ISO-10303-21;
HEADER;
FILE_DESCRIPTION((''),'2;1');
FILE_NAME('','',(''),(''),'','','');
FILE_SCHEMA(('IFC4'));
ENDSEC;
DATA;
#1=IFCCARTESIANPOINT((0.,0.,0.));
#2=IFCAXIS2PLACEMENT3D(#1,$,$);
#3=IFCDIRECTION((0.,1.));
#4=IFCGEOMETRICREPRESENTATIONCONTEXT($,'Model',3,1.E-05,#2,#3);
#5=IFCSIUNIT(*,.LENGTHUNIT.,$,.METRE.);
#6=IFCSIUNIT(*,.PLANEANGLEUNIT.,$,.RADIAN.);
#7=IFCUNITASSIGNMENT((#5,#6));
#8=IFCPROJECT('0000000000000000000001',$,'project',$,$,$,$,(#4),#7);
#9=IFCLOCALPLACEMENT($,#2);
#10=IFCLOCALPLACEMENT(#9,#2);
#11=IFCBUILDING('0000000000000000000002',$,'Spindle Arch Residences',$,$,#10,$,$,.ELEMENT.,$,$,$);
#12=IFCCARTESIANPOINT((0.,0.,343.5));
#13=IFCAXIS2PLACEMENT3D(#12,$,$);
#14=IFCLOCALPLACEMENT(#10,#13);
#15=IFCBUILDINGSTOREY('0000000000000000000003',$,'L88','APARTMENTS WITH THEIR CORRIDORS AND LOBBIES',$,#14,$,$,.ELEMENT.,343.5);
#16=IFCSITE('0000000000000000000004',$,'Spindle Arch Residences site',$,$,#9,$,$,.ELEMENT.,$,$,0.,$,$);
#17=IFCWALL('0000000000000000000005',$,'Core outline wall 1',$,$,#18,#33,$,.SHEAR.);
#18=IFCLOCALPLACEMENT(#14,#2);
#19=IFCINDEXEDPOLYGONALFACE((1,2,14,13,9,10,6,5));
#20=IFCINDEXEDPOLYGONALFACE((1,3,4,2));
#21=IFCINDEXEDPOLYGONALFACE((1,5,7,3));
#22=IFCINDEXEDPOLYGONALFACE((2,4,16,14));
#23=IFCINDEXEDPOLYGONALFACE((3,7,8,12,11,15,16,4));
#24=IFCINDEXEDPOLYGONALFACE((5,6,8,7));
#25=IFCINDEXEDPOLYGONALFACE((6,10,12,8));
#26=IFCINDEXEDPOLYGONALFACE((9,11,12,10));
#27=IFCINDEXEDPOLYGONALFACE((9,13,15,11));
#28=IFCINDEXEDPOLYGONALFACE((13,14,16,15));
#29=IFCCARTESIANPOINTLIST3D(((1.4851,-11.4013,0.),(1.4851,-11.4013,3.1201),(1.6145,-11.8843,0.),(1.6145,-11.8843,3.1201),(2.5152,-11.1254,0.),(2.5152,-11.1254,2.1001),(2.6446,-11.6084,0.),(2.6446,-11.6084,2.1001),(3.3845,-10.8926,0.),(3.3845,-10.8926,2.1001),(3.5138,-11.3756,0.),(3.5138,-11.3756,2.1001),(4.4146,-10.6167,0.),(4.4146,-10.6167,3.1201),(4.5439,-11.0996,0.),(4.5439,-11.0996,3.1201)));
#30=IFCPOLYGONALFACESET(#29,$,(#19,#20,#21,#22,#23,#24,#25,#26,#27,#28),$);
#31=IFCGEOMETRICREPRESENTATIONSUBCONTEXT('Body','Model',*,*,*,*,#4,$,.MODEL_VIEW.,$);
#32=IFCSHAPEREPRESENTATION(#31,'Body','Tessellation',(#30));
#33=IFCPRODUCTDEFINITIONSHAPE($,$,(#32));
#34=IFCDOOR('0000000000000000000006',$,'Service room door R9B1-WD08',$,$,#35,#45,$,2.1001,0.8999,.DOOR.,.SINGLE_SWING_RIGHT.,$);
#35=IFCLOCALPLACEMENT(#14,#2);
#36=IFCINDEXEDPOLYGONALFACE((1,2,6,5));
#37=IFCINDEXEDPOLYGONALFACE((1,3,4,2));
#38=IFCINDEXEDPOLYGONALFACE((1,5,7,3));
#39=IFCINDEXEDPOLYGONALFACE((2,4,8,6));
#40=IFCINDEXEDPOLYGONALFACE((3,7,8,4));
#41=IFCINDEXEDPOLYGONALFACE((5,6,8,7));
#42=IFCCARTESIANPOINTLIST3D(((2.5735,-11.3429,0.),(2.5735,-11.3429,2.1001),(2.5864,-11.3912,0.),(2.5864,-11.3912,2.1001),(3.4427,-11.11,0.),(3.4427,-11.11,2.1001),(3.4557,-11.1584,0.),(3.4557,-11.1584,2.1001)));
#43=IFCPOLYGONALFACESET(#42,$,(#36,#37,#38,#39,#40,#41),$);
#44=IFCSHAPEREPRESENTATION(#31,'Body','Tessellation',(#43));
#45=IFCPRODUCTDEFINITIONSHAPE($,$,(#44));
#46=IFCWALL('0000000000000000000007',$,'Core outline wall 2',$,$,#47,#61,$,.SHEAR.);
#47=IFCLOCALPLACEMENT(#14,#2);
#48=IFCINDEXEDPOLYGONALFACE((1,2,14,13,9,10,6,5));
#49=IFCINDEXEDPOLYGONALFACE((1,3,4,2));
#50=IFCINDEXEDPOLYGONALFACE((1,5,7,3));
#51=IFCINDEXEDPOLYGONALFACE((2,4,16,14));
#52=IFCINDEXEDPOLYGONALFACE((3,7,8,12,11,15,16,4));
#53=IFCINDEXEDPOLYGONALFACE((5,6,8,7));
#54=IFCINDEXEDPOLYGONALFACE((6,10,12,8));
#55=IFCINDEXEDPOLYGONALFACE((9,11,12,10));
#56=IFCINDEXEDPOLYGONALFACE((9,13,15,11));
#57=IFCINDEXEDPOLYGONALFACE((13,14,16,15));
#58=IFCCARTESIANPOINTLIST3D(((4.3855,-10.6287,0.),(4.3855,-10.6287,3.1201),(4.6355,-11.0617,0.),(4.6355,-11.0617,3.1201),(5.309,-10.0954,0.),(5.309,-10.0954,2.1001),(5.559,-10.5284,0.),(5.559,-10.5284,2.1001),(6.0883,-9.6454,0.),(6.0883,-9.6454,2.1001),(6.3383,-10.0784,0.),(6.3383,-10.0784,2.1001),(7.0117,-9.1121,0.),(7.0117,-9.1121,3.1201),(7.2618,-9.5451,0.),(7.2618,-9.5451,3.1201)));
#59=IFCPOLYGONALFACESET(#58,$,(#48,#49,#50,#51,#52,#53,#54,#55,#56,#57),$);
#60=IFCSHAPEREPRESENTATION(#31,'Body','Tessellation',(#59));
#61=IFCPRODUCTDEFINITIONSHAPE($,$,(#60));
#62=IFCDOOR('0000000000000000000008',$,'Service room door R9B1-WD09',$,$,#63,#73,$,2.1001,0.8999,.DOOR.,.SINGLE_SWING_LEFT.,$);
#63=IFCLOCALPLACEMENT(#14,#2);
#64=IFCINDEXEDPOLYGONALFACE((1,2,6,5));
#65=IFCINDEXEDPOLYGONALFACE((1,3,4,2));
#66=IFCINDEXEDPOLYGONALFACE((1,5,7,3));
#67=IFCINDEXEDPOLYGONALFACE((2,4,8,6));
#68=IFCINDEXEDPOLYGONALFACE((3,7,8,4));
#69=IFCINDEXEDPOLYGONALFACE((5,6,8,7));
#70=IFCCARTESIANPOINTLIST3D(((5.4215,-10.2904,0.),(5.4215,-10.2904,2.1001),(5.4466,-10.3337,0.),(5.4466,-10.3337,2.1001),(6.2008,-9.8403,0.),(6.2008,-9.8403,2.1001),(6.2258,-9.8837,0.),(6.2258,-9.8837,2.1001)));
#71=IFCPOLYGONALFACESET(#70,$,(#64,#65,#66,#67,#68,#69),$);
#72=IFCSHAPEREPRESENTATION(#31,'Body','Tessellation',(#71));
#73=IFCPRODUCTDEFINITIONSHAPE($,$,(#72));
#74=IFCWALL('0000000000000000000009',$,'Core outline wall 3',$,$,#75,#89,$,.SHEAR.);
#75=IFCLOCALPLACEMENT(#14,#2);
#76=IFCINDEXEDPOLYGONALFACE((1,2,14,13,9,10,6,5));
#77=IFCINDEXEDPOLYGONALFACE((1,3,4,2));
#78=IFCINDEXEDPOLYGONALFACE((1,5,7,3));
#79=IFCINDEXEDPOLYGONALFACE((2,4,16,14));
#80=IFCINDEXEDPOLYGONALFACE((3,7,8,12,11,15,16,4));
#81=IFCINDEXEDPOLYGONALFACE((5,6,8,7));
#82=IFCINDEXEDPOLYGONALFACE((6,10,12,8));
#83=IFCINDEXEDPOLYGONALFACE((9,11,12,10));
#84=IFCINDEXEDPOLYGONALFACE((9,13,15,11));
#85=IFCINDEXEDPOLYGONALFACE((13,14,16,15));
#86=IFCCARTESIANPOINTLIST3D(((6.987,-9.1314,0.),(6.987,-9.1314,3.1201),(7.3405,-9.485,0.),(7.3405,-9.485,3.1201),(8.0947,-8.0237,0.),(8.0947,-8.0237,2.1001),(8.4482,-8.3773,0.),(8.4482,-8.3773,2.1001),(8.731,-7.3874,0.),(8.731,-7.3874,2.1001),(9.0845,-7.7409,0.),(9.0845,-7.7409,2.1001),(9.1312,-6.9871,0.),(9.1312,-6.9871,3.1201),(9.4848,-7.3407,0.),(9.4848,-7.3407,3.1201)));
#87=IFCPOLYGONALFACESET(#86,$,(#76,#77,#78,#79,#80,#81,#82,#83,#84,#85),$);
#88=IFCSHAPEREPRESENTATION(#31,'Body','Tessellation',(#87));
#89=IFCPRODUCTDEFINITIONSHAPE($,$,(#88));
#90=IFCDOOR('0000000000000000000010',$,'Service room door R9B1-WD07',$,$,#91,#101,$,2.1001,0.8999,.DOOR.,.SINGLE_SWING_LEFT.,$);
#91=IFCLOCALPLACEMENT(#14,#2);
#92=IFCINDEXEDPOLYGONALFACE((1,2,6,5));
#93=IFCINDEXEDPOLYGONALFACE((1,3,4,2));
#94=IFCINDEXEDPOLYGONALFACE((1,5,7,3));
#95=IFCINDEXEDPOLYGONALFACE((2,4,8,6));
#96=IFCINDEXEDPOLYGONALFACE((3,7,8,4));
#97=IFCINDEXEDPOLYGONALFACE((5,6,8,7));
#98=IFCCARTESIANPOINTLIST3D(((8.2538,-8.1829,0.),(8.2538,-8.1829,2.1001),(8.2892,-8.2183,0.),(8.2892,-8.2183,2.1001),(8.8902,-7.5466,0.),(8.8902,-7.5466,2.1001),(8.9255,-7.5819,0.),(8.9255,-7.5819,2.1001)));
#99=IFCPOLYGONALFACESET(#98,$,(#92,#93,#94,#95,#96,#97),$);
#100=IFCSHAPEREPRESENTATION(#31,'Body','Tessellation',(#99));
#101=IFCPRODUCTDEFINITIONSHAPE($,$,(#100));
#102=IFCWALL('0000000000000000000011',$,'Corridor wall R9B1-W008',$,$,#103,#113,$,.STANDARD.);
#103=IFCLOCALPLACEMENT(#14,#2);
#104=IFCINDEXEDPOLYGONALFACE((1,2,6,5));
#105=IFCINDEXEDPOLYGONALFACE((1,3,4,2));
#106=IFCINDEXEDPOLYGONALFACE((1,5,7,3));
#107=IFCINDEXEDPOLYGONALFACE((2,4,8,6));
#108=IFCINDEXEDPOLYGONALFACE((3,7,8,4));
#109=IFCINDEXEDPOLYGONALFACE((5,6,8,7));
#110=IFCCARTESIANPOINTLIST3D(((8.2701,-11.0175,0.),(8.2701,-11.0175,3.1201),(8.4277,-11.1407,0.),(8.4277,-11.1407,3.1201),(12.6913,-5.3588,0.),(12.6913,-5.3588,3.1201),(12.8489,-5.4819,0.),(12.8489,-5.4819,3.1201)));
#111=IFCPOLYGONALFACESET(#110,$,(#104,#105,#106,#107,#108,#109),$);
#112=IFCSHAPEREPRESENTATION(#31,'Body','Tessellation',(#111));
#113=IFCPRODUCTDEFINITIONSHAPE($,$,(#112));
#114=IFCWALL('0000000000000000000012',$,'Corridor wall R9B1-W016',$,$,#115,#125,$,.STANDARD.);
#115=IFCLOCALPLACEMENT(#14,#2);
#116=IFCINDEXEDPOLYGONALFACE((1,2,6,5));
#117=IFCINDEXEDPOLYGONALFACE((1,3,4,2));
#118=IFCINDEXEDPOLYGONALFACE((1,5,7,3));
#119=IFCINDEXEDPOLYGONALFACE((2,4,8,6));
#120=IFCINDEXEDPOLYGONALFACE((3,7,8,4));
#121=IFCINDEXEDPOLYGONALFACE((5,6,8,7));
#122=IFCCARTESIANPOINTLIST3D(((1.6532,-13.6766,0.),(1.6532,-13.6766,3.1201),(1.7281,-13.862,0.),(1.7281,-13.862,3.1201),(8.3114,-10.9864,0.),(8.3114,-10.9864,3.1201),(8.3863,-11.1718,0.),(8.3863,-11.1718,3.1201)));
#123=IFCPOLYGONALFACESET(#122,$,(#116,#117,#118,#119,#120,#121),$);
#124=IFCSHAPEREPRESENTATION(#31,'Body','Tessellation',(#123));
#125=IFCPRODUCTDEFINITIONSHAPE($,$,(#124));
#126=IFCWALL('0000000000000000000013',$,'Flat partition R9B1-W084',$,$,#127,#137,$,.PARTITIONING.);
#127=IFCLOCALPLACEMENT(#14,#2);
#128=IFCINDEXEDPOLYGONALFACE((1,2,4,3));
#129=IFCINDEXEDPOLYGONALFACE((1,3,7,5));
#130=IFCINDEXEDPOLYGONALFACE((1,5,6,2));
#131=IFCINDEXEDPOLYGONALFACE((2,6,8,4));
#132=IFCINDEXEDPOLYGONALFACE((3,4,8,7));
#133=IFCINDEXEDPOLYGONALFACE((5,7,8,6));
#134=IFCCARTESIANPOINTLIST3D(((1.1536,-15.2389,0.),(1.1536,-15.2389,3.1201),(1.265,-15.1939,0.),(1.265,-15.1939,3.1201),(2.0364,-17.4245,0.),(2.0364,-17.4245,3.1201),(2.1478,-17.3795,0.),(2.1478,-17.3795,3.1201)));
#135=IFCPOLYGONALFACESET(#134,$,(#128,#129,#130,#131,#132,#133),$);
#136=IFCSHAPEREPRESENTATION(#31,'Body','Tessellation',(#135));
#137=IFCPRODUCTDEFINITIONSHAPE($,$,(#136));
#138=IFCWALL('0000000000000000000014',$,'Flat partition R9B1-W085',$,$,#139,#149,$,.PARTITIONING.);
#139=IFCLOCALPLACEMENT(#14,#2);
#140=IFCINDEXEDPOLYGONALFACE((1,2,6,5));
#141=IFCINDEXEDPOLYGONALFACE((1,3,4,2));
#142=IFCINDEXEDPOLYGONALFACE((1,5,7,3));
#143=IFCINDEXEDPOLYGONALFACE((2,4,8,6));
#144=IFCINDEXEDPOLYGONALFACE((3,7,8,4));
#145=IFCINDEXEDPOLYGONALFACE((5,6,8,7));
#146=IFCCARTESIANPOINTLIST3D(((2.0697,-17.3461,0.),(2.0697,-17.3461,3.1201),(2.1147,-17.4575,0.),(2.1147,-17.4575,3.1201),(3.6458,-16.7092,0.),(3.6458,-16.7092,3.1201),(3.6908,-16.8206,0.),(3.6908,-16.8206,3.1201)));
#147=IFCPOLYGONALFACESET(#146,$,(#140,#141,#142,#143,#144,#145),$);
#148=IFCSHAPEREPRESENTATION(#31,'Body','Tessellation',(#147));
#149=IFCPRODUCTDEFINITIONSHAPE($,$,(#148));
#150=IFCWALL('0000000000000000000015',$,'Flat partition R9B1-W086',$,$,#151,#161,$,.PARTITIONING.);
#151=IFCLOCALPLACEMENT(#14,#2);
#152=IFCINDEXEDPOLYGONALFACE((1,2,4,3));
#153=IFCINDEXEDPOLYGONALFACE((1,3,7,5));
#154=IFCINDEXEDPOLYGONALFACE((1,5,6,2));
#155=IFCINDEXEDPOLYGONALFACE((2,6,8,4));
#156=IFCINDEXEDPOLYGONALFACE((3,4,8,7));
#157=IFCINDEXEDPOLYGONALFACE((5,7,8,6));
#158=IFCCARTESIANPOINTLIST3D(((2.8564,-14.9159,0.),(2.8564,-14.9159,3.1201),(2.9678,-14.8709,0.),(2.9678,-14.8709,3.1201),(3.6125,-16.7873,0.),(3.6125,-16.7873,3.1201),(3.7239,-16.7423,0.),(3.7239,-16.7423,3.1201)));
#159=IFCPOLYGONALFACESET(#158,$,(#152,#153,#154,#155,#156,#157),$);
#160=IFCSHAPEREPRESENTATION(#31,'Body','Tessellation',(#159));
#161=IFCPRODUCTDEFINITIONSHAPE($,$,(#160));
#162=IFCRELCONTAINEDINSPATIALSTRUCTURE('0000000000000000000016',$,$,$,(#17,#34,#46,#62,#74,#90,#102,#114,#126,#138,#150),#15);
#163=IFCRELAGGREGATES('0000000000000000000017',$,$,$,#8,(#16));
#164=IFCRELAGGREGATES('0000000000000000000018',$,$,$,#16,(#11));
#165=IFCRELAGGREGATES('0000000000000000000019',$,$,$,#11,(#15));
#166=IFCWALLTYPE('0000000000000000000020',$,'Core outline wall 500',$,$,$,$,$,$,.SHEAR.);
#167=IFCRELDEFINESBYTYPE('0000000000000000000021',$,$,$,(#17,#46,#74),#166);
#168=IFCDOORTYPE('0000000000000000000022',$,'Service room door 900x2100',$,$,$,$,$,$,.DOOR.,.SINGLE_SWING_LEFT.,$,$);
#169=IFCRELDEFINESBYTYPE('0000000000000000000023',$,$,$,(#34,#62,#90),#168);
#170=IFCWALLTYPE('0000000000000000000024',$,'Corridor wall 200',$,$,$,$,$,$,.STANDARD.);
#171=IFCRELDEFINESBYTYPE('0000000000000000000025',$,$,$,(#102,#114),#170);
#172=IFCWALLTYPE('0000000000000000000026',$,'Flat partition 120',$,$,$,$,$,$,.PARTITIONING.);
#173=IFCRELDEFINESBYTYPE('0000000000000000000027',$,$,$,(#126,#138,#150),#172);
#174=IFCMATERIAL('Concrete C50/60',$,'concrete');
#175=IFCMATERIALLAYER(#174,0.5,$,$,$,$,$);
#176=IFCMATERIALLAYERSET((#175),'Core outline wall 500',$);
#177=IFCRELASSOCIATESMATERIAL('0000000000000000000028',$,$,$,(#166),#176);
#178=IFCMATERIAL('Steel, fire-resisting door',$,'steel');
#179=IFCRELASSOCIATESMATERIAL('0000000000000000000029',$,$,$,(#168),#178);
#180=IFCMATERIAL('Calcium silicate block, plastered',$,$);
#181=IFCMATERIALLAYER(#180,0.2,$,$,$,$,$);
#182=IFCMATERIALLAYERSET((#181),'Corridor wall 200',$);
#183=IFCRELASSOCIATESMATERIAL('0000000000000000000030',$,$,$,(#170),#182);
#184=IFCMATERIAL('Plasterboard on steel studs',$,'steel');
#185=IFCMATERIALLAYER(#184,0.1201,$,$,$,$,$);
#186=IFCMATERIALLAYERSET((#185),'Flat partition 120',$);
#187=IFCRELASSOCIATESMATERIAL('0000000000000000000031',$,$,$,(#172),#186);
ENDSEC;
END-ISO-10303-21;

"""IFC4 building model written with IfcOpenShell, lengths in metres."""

from ifc_helpers import new_model, si_unit, direction, frame, frame_2d, origin, place, context, subcontext, project, spatial, rectangle, extrude, material, layer, layer_set, type_object, element, fill, save


model = new_model("IFC4")

# Units and contexts
model_context = context("Model", 3, precision=1e-05, world=origin(), true_north=direction((0.0, 1.0)))
body_context = subcontext(model_context, "Body", "Model", "MODEL_VIEW")
ifc_project = project(units=[si_unit("LENGTHUNIT", "METRE"), si_unit("PLANEANGLEUNIT", "RADIAN")], contexts=[model_context])

# Site, building, storey
site_placement = place(None, origin())
site = spatial("IfcSite", under=ifc_project, at=site_placement, Name="Spindle Arch Residences site", CompositionType="ELEMENT", RefElevation=0.0)
building_placement = place(site_placement, origin())
building = spatial("IfcBuilding", under=site, at=building_placement, Name="Spindle Arch Residences", CompositionType="ELEMENT")
storey_placement = place(building_placement, frame((0.0, 0.0, 343.5)))
storey = spatial("IfcBuildingStorey", under=building, at=storey_placement, Name="L88", Description="APARTMENTS WITH THEIR CORRIDORS AND LOBBIES", CompositionType="ELEMENT", Elevation=343.5)

# Walls, openings, doors
ifc_material_1 = material(Name="Concrete C50/60", Category="concrete")
ifc_layer_1 = layer(ifc_material_1, 0.5)
ifc_layer_set_1 = layer_set([ifc_layer_1], Name="Core outline wall 500")
wall_type_1 = type_object("IfcWallType", Name="Core outline wall 500", PredefinedType="SHEAR", material=ifc_layer_set_1)
wall_1_placement = place(storey_placement, frame((1.5498, -11.6428, 0.0), z_axis=(0.0, 0.0, 1.0), x_axis=(0.965948, 0.258735, 0.0)))
wall_1 = element("IfcWall", 1, at=wall_1_placement, inside=storey, type_object=wall_type_1, Name="Core outline wall 1", PredefinedType="SHEAR", context=body_context, shape_type="SweptSolid", body=[
    extrude(rectangle(XDim=3.0327, YDim=0.5, at=frame_2d((1.5164, 0.0))), origin(), (0.0, 0.0, 1.0), 3.1201),
])
opening_1_placement = place(wall_1_placement, frame((1.0664, 0.0, 0.0)))
opening_1 = element("IfcOpeningElement", 2, at=opening_1_placement, cuts=wall_1, PredefinedType="OPENING", context=body_context, shape_type="SweptSolid", body=[
    extrude(rectangle(XDim=0.8999, YDim=2.1001, at=frame_2d((0.45, 1.05))), frame((0.0, 0.26, 0.0), z_axis=(0.0, -1.0, 0.0), x_axis=(1.0, 0.0, 0.0)), (0.0, 0.0, 1.0), 0.52),
])
ifc_material_2 = material(Name="Steel, fire-resisting door", Category="steel")
door_type_1 = type_object("IfcDoorType", Name="Service room door 900x2100", OperationType="SINGLE_SWING_LEFT", PredefinedType="DOOR", material=ifc_material_2)
door_1_placement = place(opening_1_placement, origin())
door_1 = element("IfcDoor", 3, at=door_1_placement, inside=storey, type_object=door_type_1, Name="Service room door R9B1-WD08", OperationType="SINGLE_SWING_RIGHT", OverallHeight=2.1001, OverallWidth=0.8999, PredefinedType="DOOR", context=body_context, shape_type="SweptSolid", body=[
    extrude(rectangle(XDim=0.8999, YDim=2.1001, at=frame_2d((0.45, 1.05))), frame((0.0, 0.0249, 0.0), z_axis=(0.0, -1.0, 0.0), x_axis=(1.0, 0.0, 0.0)), (0.0, 0.0, 1.0), 0.05),
])
fill(opening_1, door_1)
wall_2_placement = place(storey_placement, frame((4.5105, -10.8452, 0.0), z_axis=(0.0, 0.0, 1.0), x_axis=(0.865975, 0.500087, 0.0)))
wall_2 = element("IfcWall", 4, at=wall_2_placement, inside=storey, type_object=wall_type_1, Name="Core outline wall 2", PredefinedType="SHEAR", context=body_context, shape_type="SweptSolid", body=[
    extrude(rectangle(XDim=3.0327, YDim=0.5, at=frame_2d((1.5164, 0.0))), origin(), (0.0, 0.0, 1.0), 3.1201),
])
opening_2_placement = place(wall_2_placement, frame((1.0664, 0.0, 0.0)))
opening_2 = element("IfcOpeningElement", 5, at=opening_2_placement, cuts=wall_2, PredefinedType="OPENING", context=body_context, shape_type="SweptSolid", body=[
    extrude(rectangle(XDim=0.8999, YDim=2.1001, at=frame_2d((0.45, 1.05))), frame((0.0, 0.26, 0.0), z_axis=(0.0, -1.0, 0.0), x_axis=(1.0, 0.0, 0.0)), (0.0, 0.0, 1.0), 0.52),
])
door_2_placement = place(opening_2_placement, origin())
door_2 = element("IfcDoor", 6, at=door_2_placement, inside=storey, type_object=door_type_1, Name="Service room door R9B1-WD09", OperationType="SINGLE_SWING_LEFT", OverallHeight=2.1001, OverallWidth=0.8999, PredefinedType="DOOR", context=body_context, shape_type="SweptSolid", body=[
    extrude(rectangle(XDim=0.8999, YDim=2.1001, at=frame_2d((0.45, 1.05))), frame((0.0, 0.0249, 0.0), z_axis=(0.0, -1.0, 0.0), x_axis=(1.0, 0.0, 0.0)), (0.0, 0.0, 1.0), 0.05),
])
fill(opening_2, door_2)
wall_3_placement = place(storey_placement, frame((7.1638, -9.3081, 0.0), z_axis=(0.0, 0.0, 1.0), x_axis=(0.707107, 0.707107, 0.0)))
wall_3 = element("IfcWall", 7, at=wall_3_placement, inside=storey, type_object=wall_type_1, Name="Core outline wall 3", PredefinedType="SHEAR", context=body_context, shape_type="SweptSolid", body=[
    extrude(rectangle(XDim=3.0325, YDim=0.5, at=frame_2d((1.5161, 0.0))), origin(), (0.0, 0.0, 1.0), 3.1201),
])
opening_3_placement = place(wall_3_placement, frame((1.5664, 0.0, 0.0)))
opening_3 = element("IfcOpeningElement", 8, at=opening_3_placement, cuts=wall_3, PredefinedType="OPENING", context=body_context, shape_type="SweptSolid", body=[
    extrude(rectangle(XDim=0.8999, YDim=2.1001, at=frame_2d((0.45, 1.05))), frame((0.0, 0.26, 0.0), z_axis=(0.0, -1.0, 0.0), x_axis=(1.0, 0.0, 0.0)), (0.0, 0.0, 1.0), 0.52),
])
door_3_placement = place(opening_3_placement, origin())
door_3 = element("IfcDoor", 9, at=door_3_placement, inside=storey, type_object=door_type_1, Name="Service room door R9B1-WD07", OperationType="SINGLE_SWING_LEFT", OverallHeight=2.1001, OverallWidth=0.8999, PredefinedType="DOOR", context=body_context, shape_type="SweptSolid", body=[
    extrude(rectangle(XDim=0.8999, YDim=2.1001, at=frame_2d((0.45, 1.05))), frame((0.0, 0.0249, 0.0), z_axis=(0.0, -1.0, 0.0), x_axis=(1.0, 0.0, 0.0)), (0.0, 0.0, 1.0), 0.05),
])
fill(opening_3, door_3)

# Walls
ifc_material_3 = material(Name="Calcium silicate block, plastered")
ifc_layer_2 = layer(ifc_material_3, 0.2)
ifc_layer_set_2 = layer_set([ifc_layer_2], Name="Corridor wall 200")
wall_type_2 = type_object("IfcWallType", Name="Corridor wall 200", PredefinedType="STANDARD", material=ifc_layer_set_2)
for number, where, z_axis, x_axis, name in (
    (10, (8.3489, -11.0791, 0.0), (0.0, 0.0, 1.0), (0.615669, 0.788005, 0.0), "Corridor wall R9B1-W008"),
    (11, (1.6907, -13.7693, 0.0), (0.0, 0.0, 1.0), (0.927179, 0.374618, 0.0), "Corridor wall R9B1-W016"),
):
    element("IfcWall", number, at=place(storey_placement, frame(where, z_axis=z_axis, x_axis=x_axis)), inside=storey, type_object=wall_type_2, Name=name, PredefinedType="STANDARD", context=body_context, shape_type="SweptSolid", body=[
        extrude(rectangle(XDim=7.1812, YDim=0.2, at=frame_2d((3.5906, 0.0))), origin(), (0.0, 0.0, 1.0), 3.1201),
    ])
ifc_material_4 = material(Name="Plasterboard on steel studs", Category="steel")
ifc_layer_3 = layer(ifc_material_4, 0.1201)
ifc_layer_set_3 = layer_set([ifc_layer_3], Name="Flat partition 120")
wall_type_3 = type_object("IfcWallType", Name="Flat partition 120", PredefinedType="PARTITIONING", material=ifc_layer_set_3)
wall_4_placement = place(storey_placement, frame((1.2092, -15.2163, 0.0), z_axis=(0.0, 0.0, 1.0), x_axis=(0.374532, -0.927214, 0.0)))
element("IfcWall", 12, at=wall_4_placement, inside=storey, type_object=wall_type_3, Name="Flat partition R9B1-W084", PredefinedType="PARTITIONING", context=body_context, shape_type="SweptSolid", body=[
    extrude(rectangle(XDim=2.3572, YDim=0.1201, at=frame_2d((1.1787, 0.0))), origin(), (0.0, 0.0, 1.0), 3.1201),
])
wall_5_placement = place(storey_placement, frame((2.092, -17.4019, 0.0), z_axis=(0.0, 0.0, 1.0), x_axis=(0.927154, 0.374681, 0.0)))
element("IfcWall", 13, at=wall_5_placement, inside=storey, type_object=wall_type_3, Name="Flat partition R9B1-W085", PredefinedType="PARTITIONING", context=body_context, shape_type="SweptSolid", body=[
    extrude(rectangle(XDim=1.7, YDim=0.1201, at=frame_2d((0.8501, 0.0))), origin(), (0.0, 0.0, 1.0), 3.1201),
])
wall_6_placement = place(storey_placement, frame((3.6682, -16.7649, 0.0), z_axis=(0.0, 0.0, 1.0), x_axis=(-0.374621, 0.927178, 0.0)))
element("IfcWall", 14, at=wall_6_placement, inside=storey, type_object=wall_type_3, Name="Flat partition R9B1-W086", PredefinedType="PARTITIONING", context=body_context, shape_type="SweptSolid", body=[
    extrude(rectangle(XDim=2.0183, YDim=0.1201, at=frame_2d((1.0093, 0.0))), origin(), (0.0, 0.0, 1.0), 3.1201),
])

save(model, "model.ifc")
